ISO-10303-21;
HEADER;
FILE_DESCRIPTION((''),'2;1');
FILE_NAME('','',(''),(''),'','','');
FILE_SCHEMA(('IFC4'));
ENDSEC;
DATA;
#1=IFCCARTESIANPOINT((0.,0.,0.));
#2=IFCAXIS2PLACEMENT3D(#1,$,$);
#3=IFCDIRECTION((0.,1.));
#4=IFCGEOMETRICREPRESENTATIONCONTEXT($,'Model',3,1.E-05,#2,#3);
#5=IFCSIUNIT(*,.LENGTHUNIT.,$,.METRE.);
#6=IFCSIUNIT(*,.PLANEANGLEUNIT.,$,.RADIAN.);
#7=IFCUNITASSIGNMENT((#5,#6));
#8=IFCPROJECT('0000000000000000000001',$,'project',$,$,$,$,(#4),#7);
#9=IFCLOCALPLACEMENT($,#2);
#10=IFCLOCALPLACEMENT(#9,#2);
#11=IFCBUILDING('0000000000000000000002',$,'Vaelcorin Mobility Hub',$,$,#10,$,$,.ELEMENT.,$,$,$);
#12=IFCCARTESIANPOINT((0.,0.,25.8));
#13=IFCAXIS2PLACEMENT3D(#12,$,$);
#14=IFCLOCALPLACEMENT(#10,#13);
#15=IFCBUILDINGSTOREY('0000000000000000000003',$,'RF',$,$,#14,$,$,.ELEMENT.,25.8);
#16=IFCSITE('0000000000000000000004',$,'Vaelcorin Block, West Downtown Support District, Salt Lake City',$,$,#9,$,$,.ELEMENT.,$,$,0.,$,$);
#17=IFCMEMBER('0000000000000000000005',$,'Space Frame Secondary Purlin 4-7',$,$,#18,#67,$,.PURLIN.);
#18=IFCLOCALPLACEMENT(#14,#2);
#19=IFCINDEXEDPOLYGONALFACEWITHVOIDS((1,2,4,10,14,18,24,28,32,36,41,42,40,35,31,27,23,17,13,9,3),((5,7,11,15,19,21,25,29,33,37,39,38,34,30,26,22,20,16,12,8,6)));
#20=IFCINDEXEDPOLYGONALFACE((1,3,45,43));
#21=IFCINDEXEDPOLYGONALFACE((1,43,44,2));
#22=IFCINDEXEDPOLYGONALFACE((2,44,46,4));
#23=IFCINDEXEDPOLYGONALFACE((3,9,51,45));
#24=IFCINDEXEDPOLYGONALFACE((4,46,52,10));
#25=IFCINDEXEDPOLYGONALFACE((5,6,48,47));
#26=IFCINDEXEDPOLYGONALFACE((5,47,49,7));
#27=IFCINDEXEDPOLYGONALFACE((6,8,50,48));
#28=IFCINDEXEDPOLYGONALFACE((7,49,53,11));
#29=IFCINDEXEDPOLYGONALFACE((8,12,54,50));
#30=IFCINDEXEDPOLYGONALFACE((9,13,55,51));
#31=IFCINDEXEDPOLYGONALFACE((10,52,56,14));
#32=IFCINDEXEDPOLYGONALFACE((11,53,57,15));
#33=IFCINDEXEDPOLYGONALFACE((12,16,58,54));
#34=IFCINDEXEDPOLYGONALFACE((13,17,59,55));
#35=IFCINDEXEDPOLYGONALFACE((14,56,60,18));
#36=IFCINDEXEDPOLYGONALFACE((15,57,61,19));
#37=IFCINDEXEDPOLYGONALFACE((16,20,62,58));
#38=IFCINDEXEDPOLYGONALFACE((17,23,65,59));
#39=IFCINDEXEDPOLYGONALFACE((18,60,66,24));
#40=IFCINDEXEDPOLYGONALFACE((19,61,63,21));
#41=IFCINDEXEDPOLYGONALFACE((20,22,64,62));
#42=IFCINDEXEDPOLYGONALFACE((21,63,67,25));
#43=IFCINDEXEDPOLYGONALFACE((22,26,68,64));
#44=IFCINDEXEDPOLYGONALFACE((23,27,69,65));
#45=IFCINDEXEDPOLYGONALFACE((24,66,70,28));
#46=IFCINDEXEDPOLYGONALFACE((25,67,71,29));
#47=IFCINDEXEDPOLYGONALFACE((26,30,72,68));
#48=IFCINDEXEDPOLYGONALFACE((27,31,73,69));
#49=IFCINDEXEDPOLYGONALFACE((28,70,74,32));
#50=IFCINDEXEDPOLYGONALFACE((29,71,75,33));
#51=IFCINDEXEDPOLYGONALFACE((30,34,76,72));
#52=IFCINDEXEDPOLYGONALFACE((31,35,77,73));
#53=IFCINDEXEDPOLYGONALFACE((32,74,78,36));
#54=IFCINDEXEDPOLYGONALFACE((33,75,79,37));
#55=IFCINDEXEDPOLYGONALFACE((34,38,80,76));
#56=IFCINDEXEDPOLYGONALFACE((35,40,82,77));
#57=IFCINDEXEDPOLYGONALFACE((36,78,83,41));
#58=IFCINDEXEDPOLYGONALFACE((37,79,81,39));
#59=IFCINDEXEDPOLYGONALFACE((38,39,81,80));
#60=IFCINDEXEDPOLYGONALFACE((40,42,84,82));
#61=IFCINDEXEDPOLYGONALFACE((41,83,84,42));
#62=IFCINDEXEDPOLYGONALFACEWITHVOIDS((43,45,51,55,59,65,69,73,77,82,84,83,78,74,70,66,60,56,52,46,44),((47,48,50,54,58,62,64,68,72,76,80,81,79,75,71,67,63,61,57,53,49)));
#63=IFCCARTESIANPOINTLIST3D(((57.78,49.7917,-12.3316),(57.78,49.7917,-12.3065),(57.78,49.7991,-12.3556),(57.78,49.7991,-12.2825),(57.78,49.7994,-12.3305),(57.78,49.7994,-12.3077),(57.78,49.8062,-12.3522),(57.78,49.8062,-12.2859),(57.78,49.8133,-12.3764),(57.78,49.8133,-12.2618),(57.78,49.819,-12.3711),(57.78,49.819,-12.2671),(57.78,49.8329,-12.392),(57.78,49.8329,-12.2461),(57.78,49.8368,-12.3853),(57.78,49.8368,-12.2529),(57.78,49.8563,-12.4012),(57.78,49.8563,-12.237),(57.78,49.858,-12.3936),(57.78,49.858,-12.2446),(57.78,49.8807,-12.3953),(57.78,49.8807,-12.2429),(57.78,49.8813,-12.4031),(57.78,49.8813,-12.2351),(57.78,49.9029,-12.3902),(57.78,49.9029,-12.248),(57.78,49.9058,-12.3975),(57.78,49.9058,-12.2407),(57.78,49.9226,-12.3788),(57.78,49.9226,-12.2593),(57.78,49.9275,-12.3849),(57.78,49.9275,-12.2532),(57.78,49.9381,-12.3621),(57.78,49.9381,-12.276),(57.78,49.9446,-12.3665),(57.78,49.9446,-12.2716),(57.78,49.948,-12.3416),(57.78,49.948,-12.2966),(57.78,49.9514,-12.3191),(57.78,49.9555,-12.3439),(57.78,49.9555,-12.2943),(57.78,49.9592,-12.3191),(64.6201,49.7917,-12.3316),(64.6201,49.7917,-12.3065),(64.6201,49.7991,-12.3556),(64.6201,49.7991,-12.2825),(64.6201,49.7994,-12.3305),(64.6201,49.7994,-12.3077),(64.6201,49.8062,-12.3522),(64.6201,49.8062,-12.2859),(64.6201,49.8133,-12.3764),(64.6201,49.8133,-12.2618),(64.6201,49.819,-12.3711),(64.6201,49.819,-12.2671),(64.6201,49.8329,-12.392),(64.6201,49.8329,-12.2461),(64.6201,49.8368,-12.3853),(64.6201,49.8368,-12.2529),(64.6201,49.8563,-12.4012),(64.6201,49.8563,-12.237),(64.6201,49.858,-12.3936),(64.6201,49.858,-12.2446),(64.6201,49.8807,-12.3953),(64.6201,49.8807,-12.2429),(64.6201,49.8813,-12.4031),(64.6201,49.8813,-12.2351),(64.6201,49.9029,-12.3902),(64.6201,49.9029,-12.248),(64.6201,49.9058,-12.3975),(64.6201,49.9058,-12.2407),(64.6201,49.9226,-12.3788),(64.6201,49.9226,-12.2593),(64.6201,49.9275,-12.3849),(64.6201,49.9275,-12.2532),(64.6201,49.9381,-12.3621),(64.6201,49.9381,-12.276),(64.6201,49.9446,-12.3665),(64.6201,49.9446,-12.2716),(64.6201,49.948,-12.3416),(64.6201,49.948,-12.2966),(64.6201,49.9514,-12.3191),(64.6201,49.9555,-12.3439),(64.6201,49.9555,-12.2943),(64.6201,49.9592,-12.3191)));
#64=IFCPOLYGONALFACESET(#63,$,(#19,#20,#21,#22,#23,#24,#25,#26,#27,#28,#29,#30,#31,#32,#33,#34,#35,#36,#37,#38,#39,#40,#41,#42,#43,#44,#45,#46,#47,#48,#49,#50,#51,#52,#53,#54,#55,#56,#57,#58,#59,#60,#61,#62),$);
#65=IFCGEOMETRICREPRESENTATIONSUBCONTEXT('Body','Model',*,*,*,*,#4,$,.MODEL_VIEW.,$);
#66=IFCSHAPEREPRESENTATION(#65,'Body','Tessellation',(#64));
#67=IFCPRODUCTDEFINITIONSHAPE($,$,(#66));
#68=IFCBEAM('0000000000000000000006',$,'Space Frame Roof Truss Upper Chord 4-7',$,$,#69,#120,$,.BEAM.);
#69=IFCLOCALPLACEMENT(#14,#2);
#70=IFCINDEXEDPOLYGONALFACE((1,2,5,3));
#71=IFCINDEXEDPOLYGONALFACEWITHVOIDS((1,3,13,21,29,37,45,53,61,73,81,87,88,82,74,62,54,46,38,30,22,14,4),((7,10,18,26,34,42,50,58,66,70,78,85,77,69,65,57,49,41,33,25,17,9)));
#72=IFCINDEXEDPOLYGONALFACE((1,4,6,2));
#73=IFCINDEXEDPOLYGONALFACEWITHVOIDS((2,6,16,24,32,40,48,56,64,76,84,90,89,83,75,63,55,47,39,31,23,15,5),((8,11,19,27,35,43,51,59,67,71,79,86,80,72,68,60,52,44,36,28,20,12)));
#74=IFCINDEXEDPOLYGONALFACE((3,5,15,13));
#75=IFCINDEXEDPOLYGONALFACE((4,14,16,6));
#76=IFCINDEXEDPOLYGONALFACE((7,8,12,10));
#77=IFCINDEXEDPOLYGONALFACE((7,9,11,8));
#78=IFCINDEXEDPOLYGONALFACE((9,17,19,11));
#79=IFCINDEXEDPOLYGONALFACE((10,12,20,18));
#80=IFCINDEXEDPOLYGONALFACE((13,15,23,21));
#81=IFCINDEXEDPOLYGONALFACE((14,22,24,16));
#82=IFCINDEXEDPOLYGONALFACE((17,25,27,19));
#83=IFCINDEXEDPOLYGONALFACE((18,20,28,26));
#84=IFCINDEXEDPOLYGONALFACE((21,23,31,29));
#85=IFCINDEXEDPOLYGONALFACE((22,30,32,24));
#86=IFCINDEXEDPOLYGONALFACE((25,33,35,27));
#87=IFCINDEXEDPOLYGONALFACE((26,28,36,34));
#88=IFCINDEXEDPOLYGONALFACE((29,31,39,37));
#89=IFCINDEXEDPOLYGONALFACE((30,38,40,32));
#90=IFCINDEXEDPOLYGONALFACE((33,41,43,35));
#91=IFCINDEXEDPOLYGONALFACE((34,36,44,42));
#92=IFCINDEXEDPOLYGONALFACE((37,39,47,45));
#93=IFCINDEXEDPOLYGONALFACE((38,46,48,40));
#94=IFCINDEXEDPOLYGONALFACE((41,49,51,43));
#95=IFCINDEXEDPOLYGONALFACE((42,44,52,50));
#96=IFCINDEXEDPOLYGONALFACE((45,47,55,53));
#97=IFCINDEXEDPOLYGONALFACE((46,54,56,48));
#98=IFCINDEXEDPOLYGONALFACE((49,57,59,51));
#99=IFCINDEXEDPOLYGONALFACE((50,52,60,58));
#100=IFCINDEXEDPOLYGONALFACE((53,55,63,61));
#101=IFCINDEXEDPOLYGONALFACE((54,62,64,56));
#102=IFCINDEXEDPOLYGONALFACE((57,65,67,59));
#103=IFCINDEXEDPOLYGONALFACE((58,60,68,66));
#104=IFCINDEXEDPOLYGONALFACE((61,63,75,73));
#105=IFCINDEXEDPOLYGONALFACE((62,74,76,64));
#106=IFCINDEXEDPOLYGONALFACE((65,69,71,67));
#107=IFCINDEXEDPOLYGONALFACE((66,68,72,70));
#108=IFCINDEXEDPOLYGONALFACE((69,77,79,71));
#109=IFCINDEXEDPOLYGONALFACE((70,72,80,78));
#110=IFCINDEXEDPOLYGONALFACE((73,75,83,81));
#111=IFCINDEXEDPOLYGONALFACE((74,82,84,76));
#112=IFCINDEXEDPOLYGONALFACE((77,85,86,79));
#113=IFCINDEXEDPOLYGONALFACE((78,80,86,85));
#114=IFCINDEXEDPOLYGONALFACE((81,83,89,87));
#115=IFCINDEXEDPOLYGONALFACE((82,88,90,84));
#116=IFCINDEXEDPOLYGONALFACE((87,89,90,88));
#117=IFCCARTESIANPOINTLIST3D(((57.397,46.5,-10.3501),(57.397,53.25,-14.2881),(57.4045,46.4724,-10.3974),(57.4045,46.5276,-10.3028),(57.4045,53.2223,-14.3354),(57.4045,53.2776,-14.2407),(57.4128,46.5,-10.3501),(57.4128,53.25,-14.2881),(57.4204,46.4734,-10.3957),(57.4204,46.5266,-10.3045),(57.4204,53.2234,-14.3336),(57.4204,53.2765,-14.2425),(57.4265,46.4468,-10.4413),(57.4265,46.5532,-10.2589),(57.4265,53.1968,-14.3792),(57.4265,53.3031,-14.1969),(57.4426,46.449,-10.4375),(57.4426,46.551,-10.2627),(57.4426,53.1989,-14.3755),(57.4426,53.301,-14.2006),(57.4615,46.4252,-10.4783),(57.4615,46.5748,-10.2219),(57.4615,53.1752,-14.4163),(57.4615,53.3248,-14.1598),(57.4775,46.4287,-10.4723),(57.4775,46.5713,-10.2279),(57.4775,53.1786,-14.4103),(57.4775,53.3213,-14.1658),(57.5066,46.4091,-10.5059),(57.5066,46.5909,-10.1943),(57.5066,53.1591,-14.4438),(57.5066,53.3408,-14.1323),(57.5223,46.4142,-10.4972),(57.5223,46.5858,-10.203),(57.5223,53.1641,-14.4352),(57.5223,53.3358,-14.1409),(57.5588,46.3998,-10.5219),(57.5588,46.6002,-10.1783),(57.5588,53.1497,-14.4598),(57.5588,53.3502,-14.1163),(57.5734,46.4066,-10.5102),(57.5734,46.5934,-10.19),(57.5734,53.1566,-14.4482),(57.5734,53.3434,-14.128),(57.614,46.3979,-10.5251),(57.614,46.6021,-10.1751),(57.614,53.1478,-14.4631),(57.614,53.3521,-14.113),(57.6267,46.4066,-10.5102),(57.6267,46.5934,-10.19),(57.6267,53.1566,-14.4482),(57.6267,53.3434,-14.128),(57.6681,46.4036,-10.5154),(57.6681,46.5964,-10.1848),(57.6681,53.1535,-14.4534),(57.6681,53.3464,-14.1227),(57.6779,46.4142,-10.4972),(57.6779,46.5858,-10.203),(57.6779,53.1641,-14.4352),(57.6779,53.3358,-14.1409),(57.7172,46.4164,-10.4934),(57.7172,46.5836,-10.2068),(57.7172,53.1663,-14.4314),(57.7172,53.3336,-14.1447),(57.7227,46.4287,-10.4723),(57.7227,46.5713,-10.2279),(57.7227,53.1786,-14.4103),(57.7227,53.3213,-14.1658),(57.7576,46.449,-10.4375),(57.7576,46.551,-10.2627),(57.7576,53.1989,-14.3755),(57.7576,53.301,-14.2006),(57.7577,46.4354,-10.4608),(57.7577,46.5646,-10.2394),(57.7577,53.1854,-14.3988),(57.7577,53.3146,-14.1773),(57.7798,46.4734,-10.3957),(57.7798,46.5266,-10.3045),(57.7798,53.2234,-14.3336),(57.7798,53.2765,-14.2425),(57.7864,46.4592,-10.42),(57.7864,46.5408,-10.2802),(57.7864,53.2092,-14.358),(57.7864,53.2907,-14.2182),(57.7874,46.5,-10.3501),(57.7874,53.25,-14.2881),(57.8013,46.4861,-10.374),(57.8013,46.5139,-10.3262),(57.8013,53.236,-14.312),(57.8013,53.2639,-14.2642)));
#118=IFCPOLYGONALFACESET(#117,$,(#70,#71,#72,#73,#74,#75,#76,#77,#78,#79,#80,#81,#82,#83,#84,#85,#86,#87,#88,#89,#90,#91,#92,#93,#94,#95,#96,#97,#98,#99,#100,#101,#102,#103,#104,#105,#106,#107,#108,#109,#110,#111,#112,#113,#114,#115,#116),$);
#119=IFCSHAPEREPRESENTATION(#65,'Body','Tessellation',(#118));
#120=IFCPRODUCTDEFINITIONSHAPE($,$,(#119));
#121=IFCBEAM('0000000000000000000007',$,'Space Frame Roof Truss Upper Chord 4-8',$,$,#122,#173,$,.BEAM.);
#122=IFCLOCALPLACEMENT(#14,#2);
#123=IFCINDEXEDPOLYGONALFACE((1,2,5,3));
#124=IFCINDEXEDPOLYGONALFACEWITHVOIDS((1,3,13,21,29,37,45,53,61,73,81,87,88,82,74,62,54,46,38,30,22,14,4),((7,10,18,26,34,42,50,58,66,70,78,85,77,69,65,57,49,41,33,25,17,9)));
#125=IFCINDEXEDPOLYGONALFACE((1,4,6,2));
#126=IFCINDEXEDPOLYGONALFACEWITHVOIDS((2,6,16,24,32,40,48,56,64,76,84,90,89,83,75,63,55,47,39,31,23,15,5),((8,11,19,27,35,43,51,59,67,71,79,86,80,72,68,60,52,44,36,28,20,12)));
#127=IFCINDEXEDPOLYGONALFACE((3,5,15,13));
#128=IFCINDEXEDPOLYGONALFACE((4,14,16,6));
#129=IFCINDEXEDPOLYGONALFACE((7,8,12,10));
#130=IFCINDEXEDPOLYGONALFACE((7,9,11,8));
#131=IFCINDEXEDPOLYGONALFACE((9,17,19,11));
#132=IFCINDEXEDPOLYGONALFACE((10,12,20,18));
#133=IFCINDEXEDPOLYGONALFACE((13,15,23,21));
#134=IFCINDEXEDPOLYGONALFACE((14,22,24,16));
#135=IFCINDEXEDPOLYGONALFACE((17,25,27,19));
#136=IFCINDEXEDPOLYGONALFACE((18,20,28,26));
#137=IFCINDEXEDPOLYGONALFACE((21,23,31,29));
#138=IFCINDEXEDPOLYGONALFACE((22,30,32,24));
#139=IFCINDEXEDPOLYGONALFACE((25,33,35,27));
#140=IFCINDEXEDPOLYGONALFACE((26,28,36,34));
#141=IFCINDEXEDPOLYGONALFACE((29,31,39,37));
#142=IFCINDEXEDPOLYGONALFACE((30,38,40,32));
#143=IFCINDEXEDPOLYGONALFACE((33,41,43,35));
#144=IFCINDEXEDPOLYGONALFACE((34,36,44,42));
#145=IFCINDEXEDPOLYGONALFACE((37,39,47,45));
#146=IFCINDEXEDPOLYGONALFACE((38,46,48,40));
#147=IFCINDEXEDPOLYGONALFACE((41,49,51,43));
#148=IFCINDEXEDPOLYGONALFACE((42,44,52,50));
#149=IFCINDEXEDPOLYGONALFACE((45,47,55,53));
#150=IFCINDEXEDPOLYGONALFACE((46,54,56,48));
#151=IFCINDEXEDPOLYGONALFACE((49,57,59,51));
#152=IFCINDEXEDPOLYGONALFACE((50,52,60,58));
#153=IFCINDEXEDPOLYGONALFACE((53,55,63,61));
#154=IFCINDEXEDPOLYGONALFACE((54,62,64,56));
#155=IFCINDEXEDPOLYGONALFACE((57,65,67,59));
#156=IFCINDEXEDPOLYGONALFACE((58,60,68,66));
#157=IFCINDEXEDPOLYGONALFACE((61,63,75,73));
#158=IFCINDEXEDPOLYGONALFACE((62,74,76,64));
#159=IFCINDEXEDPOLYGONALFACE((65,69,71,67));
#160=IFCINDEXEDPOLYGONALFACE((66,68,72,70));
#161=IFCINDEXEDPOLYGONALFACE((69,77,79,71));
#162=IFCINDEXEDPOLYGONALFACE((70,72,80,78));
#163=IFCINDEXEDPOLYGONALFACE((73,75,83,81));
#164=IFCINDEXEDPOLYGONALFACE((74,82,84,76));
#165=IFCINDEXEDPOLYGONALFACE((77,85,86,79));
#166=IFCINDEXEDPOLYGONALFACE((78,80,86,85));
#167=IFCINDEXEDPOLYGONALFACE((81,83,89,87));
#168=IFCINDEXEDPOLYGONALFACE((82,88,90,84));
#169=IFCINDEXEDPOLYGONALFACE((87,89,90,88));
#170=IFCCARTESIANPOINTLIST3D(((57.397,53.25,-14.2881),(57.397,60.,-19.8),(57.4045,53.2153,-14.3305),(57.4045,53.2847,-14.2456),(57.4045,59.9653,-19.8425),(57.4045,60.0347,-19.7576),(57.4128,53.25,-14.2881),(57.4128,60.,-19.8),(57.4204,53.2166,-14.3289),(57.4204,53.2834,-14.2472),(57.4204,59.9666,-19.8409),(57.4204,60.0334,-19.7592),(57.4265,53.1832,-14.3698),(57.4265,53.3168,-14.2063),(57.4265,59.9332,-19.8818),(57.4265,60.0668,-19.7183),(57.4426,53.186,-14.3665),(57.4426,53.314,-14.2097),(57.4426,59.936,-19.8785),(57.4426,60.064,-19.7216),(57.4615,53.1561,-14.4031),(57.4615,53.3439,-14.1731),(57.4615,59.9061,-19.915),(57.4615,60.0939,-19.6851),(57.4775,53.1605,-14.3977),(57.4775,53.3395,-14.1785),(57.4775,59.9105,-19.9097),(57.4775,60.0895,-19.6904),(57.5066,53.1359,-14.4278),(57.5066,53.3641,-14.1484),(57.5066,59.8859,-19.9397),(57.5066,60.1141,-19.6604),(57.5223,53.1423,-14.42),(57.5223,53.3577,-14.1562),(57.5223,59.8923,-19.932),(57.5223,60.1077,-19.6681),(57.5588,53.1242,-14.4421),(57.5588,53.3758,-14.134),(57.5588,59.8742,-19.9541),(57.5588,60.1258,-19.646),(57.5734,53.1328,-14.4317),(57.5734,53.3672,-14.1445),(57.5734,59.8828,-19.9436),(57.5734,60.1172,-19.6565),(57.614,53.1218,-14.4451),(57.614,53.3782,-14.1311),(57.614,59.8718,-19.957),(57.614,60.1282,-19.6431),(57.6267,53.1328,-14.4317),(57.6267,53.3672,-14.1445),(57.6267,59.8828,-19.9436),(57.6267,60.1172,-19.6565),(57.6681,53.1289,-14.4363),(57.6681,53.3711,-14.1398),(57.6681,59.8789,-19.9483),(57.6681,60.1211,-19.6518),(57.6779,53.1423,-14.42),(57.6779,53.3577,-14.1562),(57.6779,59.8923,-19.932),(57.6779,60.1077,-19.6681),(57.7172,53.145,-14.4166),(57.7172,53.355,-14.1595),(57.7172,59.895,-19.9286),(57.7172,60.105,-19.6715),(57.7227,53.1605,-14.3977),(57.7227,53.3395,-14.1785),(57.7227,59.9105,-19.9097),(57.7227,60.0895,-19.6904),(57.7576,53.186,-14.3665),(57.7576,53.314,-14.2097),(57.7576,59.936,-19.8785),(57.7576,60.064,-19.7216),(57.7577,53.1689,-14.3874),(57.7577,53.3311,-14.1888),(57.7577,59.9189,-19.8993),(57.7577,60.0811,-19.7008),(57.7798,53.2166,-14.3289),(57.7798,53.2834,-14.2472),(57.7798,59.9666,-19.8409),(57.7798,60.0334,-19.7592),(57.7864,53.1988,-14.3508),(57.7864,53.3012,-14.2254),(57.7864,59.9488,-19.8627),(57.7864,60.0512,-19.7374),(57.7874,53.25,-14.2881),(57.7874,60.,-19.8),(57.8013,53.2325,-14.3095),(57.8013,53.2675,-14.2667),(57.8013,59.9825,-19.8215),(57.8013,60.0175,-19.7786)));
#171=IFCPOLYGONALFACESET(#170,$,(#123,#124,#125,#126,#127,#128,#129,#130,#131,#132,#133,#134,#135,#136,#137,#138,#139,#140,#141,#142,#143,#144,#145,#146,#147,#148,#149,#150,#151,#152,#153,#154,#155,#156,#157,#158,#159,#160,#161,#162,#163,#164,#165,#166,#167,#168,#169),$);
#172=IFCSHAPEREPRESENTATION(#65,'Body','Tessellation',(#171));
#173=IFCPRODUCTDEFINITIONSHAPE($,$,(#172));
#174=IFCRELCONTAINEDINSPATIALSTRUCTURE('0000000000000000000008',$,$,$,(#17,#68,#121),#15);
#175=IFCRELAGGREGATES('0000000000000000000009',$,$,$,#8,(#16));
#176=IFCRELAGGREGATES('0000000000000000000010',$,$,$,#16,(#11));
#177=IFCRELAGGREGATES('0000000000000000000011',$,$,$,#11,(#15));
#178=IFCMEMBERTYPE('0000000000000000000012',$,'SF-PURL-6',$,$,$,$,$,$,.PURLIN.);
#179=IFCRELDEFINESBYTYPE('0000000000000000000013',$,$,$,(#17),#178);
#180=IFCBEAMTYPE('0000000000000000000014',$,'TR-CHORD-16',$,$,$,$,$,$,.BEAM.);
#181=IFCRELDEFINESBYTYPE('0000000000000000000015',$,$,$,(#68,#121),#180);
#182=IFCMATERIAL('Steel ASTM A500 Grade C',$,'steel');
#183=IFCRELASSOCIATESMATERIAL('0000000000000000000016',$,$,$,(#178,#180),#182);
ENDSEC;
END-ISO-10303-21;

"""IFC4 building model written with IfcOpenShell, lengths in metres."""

from ifc_helpers import new_model, si_unit, direction, frame, origin, origin_2d, place, context, subcontext, project, spatial, hollow_circle, extrude, material, material_profile, profile_set, type_object, element, save


model = new_model("IFC4")

# Units and contexts
model_context = context("Model", 3, precision=1e-05, world=origin(), true_north=direction((0.0, 1.0)))
body_context = subcontext(model_context, "Body", "Model", "MODEL_VIEW")
ifc_project = project(units=[si_unit("LENGTHUNIT", "METRE"), si_unit("PLANEANGLEUNIT", "RADIAN")], contexts=[model_context])

# Site, building, storey
site_placement = place(None, origin())
site = spatial("IfcSite", under=ifc_project, at=site_placement, Name="Vaelcorin Block, West Downtown Support District, Salt Lake City", CompositionType="ELEMENT", RefElevation=0.0)
building_placement = place(site_placement, origin())
building = spatial("IfcBuilding", under=site, at=building_placement, Name="Vaelcorin Mobility Hub", CompositionType="ELEMENT")
storey_placement = place(building_placement, frame((0.0, 0.0, 25.8)))
storey = spatial("IfcBuildingStorey", under=building, at=storey_placement, Name="RF", CompositionType="ELEMENT", Elevation=25.8)

# Member
ifc_material_1 = material(Name="Steel ASTM A500 Grade C", Category="steel")
ifc_material_profile_1 = material_profile(ifc_material_1, hollow_circle(Radius=0.0842, WallThickness=0.0078, at=origin_2d()), Name="HSS6.625X0.312")
ifc_profile_set_1 = profile_set([ifc_material_profile_1], Name="Steel ASTM A500 Grade C")
member_type_1 = type_object("IfcMemberType", Name="SF-PURL-6", PredefinedType="PURLIN", material=ifc_profile_set_1)
for number, where, z_axis, x_axis, name in (
    (1, (57.78, 49.875, -12.3191), (1.0, 0.0, 0.0), (0.0, 1.0, 0.0), "Space Frame Secondary Purlin 4-7"),
):
    element("IfcMember", number, at=place(storey_placement, frame(where, z_axis=z_axis, x_axis=x_axis)), inside=storey, type_object=member_type_1, Name=name, PredefinedType="PURLIN", context=body_context, shape_type="SweptSolid", body=[
        extrude(hollow_circle(Radius=0.0842, WallThickness=0.0078, at=origin_2d()), origin(), (0.0, 0.0, 1.0), 6.8401),
    ])

# Beams
ifc_material_profile_2 = material_profile(ifc_material_1, hollow_circle(Radius=0.2031, WallThickness=0.0159, at=origin_2d()), Name="HSS16.000X0.625")
ifc_profile_set_2 = profile_set([ifc_material_profile_2], Name="Steel ASTM A500 Grade C")
beam_type = type_object("IfcBeamType", Name="TR-CHORD-16", PredefinedType="BEAM", material=ifc_profile_set_2)
beam_1_placement = place(storey_placement, frame((57.6001, 46.5, -10.3501), z_axis=(0.0, 0.863752, -0.503918), x_axis=(-1.0, 0.0, 0.0)))
element("IfcBeam", 2, at=beam_1_placement, inside=storey, type_object=beam_type, Name="Space Frame Roof Truss Upper Chord 4-7", PredefinedType="BEAM", context=body_context, shape_type="SweptSolid", body=[
    extrude(hollow_circle(Radius=0.2031, WallThickness=0.0159, at=origin_2d()), origin(), (0.0, 0.0, 1.0), 7.8147),
])
beam_2_placement = place(storey_placement, frame((57.6001, 53.25, -14.2881), z_axis=(0.0, 0.774562, -0.632498), x_axis=(-1.0, 0.0, 0.0)))
element("IfcBeam", 3, at=beam_2_placement, inside=storey, type_object=beam_type, Name="Space Frame Roof Truss Upper Chord 4-8", PredefinedType="BEAM", context=body_context, shape_type="SweptSolid", body=[
    extrude(hollow_circle(Radius=0.2031, WallThickness=0.0159, at=origin_2d()), origin(), (0.0, 0.0, 1.0), 8.7146),
])

save(model, "model.ifc")
